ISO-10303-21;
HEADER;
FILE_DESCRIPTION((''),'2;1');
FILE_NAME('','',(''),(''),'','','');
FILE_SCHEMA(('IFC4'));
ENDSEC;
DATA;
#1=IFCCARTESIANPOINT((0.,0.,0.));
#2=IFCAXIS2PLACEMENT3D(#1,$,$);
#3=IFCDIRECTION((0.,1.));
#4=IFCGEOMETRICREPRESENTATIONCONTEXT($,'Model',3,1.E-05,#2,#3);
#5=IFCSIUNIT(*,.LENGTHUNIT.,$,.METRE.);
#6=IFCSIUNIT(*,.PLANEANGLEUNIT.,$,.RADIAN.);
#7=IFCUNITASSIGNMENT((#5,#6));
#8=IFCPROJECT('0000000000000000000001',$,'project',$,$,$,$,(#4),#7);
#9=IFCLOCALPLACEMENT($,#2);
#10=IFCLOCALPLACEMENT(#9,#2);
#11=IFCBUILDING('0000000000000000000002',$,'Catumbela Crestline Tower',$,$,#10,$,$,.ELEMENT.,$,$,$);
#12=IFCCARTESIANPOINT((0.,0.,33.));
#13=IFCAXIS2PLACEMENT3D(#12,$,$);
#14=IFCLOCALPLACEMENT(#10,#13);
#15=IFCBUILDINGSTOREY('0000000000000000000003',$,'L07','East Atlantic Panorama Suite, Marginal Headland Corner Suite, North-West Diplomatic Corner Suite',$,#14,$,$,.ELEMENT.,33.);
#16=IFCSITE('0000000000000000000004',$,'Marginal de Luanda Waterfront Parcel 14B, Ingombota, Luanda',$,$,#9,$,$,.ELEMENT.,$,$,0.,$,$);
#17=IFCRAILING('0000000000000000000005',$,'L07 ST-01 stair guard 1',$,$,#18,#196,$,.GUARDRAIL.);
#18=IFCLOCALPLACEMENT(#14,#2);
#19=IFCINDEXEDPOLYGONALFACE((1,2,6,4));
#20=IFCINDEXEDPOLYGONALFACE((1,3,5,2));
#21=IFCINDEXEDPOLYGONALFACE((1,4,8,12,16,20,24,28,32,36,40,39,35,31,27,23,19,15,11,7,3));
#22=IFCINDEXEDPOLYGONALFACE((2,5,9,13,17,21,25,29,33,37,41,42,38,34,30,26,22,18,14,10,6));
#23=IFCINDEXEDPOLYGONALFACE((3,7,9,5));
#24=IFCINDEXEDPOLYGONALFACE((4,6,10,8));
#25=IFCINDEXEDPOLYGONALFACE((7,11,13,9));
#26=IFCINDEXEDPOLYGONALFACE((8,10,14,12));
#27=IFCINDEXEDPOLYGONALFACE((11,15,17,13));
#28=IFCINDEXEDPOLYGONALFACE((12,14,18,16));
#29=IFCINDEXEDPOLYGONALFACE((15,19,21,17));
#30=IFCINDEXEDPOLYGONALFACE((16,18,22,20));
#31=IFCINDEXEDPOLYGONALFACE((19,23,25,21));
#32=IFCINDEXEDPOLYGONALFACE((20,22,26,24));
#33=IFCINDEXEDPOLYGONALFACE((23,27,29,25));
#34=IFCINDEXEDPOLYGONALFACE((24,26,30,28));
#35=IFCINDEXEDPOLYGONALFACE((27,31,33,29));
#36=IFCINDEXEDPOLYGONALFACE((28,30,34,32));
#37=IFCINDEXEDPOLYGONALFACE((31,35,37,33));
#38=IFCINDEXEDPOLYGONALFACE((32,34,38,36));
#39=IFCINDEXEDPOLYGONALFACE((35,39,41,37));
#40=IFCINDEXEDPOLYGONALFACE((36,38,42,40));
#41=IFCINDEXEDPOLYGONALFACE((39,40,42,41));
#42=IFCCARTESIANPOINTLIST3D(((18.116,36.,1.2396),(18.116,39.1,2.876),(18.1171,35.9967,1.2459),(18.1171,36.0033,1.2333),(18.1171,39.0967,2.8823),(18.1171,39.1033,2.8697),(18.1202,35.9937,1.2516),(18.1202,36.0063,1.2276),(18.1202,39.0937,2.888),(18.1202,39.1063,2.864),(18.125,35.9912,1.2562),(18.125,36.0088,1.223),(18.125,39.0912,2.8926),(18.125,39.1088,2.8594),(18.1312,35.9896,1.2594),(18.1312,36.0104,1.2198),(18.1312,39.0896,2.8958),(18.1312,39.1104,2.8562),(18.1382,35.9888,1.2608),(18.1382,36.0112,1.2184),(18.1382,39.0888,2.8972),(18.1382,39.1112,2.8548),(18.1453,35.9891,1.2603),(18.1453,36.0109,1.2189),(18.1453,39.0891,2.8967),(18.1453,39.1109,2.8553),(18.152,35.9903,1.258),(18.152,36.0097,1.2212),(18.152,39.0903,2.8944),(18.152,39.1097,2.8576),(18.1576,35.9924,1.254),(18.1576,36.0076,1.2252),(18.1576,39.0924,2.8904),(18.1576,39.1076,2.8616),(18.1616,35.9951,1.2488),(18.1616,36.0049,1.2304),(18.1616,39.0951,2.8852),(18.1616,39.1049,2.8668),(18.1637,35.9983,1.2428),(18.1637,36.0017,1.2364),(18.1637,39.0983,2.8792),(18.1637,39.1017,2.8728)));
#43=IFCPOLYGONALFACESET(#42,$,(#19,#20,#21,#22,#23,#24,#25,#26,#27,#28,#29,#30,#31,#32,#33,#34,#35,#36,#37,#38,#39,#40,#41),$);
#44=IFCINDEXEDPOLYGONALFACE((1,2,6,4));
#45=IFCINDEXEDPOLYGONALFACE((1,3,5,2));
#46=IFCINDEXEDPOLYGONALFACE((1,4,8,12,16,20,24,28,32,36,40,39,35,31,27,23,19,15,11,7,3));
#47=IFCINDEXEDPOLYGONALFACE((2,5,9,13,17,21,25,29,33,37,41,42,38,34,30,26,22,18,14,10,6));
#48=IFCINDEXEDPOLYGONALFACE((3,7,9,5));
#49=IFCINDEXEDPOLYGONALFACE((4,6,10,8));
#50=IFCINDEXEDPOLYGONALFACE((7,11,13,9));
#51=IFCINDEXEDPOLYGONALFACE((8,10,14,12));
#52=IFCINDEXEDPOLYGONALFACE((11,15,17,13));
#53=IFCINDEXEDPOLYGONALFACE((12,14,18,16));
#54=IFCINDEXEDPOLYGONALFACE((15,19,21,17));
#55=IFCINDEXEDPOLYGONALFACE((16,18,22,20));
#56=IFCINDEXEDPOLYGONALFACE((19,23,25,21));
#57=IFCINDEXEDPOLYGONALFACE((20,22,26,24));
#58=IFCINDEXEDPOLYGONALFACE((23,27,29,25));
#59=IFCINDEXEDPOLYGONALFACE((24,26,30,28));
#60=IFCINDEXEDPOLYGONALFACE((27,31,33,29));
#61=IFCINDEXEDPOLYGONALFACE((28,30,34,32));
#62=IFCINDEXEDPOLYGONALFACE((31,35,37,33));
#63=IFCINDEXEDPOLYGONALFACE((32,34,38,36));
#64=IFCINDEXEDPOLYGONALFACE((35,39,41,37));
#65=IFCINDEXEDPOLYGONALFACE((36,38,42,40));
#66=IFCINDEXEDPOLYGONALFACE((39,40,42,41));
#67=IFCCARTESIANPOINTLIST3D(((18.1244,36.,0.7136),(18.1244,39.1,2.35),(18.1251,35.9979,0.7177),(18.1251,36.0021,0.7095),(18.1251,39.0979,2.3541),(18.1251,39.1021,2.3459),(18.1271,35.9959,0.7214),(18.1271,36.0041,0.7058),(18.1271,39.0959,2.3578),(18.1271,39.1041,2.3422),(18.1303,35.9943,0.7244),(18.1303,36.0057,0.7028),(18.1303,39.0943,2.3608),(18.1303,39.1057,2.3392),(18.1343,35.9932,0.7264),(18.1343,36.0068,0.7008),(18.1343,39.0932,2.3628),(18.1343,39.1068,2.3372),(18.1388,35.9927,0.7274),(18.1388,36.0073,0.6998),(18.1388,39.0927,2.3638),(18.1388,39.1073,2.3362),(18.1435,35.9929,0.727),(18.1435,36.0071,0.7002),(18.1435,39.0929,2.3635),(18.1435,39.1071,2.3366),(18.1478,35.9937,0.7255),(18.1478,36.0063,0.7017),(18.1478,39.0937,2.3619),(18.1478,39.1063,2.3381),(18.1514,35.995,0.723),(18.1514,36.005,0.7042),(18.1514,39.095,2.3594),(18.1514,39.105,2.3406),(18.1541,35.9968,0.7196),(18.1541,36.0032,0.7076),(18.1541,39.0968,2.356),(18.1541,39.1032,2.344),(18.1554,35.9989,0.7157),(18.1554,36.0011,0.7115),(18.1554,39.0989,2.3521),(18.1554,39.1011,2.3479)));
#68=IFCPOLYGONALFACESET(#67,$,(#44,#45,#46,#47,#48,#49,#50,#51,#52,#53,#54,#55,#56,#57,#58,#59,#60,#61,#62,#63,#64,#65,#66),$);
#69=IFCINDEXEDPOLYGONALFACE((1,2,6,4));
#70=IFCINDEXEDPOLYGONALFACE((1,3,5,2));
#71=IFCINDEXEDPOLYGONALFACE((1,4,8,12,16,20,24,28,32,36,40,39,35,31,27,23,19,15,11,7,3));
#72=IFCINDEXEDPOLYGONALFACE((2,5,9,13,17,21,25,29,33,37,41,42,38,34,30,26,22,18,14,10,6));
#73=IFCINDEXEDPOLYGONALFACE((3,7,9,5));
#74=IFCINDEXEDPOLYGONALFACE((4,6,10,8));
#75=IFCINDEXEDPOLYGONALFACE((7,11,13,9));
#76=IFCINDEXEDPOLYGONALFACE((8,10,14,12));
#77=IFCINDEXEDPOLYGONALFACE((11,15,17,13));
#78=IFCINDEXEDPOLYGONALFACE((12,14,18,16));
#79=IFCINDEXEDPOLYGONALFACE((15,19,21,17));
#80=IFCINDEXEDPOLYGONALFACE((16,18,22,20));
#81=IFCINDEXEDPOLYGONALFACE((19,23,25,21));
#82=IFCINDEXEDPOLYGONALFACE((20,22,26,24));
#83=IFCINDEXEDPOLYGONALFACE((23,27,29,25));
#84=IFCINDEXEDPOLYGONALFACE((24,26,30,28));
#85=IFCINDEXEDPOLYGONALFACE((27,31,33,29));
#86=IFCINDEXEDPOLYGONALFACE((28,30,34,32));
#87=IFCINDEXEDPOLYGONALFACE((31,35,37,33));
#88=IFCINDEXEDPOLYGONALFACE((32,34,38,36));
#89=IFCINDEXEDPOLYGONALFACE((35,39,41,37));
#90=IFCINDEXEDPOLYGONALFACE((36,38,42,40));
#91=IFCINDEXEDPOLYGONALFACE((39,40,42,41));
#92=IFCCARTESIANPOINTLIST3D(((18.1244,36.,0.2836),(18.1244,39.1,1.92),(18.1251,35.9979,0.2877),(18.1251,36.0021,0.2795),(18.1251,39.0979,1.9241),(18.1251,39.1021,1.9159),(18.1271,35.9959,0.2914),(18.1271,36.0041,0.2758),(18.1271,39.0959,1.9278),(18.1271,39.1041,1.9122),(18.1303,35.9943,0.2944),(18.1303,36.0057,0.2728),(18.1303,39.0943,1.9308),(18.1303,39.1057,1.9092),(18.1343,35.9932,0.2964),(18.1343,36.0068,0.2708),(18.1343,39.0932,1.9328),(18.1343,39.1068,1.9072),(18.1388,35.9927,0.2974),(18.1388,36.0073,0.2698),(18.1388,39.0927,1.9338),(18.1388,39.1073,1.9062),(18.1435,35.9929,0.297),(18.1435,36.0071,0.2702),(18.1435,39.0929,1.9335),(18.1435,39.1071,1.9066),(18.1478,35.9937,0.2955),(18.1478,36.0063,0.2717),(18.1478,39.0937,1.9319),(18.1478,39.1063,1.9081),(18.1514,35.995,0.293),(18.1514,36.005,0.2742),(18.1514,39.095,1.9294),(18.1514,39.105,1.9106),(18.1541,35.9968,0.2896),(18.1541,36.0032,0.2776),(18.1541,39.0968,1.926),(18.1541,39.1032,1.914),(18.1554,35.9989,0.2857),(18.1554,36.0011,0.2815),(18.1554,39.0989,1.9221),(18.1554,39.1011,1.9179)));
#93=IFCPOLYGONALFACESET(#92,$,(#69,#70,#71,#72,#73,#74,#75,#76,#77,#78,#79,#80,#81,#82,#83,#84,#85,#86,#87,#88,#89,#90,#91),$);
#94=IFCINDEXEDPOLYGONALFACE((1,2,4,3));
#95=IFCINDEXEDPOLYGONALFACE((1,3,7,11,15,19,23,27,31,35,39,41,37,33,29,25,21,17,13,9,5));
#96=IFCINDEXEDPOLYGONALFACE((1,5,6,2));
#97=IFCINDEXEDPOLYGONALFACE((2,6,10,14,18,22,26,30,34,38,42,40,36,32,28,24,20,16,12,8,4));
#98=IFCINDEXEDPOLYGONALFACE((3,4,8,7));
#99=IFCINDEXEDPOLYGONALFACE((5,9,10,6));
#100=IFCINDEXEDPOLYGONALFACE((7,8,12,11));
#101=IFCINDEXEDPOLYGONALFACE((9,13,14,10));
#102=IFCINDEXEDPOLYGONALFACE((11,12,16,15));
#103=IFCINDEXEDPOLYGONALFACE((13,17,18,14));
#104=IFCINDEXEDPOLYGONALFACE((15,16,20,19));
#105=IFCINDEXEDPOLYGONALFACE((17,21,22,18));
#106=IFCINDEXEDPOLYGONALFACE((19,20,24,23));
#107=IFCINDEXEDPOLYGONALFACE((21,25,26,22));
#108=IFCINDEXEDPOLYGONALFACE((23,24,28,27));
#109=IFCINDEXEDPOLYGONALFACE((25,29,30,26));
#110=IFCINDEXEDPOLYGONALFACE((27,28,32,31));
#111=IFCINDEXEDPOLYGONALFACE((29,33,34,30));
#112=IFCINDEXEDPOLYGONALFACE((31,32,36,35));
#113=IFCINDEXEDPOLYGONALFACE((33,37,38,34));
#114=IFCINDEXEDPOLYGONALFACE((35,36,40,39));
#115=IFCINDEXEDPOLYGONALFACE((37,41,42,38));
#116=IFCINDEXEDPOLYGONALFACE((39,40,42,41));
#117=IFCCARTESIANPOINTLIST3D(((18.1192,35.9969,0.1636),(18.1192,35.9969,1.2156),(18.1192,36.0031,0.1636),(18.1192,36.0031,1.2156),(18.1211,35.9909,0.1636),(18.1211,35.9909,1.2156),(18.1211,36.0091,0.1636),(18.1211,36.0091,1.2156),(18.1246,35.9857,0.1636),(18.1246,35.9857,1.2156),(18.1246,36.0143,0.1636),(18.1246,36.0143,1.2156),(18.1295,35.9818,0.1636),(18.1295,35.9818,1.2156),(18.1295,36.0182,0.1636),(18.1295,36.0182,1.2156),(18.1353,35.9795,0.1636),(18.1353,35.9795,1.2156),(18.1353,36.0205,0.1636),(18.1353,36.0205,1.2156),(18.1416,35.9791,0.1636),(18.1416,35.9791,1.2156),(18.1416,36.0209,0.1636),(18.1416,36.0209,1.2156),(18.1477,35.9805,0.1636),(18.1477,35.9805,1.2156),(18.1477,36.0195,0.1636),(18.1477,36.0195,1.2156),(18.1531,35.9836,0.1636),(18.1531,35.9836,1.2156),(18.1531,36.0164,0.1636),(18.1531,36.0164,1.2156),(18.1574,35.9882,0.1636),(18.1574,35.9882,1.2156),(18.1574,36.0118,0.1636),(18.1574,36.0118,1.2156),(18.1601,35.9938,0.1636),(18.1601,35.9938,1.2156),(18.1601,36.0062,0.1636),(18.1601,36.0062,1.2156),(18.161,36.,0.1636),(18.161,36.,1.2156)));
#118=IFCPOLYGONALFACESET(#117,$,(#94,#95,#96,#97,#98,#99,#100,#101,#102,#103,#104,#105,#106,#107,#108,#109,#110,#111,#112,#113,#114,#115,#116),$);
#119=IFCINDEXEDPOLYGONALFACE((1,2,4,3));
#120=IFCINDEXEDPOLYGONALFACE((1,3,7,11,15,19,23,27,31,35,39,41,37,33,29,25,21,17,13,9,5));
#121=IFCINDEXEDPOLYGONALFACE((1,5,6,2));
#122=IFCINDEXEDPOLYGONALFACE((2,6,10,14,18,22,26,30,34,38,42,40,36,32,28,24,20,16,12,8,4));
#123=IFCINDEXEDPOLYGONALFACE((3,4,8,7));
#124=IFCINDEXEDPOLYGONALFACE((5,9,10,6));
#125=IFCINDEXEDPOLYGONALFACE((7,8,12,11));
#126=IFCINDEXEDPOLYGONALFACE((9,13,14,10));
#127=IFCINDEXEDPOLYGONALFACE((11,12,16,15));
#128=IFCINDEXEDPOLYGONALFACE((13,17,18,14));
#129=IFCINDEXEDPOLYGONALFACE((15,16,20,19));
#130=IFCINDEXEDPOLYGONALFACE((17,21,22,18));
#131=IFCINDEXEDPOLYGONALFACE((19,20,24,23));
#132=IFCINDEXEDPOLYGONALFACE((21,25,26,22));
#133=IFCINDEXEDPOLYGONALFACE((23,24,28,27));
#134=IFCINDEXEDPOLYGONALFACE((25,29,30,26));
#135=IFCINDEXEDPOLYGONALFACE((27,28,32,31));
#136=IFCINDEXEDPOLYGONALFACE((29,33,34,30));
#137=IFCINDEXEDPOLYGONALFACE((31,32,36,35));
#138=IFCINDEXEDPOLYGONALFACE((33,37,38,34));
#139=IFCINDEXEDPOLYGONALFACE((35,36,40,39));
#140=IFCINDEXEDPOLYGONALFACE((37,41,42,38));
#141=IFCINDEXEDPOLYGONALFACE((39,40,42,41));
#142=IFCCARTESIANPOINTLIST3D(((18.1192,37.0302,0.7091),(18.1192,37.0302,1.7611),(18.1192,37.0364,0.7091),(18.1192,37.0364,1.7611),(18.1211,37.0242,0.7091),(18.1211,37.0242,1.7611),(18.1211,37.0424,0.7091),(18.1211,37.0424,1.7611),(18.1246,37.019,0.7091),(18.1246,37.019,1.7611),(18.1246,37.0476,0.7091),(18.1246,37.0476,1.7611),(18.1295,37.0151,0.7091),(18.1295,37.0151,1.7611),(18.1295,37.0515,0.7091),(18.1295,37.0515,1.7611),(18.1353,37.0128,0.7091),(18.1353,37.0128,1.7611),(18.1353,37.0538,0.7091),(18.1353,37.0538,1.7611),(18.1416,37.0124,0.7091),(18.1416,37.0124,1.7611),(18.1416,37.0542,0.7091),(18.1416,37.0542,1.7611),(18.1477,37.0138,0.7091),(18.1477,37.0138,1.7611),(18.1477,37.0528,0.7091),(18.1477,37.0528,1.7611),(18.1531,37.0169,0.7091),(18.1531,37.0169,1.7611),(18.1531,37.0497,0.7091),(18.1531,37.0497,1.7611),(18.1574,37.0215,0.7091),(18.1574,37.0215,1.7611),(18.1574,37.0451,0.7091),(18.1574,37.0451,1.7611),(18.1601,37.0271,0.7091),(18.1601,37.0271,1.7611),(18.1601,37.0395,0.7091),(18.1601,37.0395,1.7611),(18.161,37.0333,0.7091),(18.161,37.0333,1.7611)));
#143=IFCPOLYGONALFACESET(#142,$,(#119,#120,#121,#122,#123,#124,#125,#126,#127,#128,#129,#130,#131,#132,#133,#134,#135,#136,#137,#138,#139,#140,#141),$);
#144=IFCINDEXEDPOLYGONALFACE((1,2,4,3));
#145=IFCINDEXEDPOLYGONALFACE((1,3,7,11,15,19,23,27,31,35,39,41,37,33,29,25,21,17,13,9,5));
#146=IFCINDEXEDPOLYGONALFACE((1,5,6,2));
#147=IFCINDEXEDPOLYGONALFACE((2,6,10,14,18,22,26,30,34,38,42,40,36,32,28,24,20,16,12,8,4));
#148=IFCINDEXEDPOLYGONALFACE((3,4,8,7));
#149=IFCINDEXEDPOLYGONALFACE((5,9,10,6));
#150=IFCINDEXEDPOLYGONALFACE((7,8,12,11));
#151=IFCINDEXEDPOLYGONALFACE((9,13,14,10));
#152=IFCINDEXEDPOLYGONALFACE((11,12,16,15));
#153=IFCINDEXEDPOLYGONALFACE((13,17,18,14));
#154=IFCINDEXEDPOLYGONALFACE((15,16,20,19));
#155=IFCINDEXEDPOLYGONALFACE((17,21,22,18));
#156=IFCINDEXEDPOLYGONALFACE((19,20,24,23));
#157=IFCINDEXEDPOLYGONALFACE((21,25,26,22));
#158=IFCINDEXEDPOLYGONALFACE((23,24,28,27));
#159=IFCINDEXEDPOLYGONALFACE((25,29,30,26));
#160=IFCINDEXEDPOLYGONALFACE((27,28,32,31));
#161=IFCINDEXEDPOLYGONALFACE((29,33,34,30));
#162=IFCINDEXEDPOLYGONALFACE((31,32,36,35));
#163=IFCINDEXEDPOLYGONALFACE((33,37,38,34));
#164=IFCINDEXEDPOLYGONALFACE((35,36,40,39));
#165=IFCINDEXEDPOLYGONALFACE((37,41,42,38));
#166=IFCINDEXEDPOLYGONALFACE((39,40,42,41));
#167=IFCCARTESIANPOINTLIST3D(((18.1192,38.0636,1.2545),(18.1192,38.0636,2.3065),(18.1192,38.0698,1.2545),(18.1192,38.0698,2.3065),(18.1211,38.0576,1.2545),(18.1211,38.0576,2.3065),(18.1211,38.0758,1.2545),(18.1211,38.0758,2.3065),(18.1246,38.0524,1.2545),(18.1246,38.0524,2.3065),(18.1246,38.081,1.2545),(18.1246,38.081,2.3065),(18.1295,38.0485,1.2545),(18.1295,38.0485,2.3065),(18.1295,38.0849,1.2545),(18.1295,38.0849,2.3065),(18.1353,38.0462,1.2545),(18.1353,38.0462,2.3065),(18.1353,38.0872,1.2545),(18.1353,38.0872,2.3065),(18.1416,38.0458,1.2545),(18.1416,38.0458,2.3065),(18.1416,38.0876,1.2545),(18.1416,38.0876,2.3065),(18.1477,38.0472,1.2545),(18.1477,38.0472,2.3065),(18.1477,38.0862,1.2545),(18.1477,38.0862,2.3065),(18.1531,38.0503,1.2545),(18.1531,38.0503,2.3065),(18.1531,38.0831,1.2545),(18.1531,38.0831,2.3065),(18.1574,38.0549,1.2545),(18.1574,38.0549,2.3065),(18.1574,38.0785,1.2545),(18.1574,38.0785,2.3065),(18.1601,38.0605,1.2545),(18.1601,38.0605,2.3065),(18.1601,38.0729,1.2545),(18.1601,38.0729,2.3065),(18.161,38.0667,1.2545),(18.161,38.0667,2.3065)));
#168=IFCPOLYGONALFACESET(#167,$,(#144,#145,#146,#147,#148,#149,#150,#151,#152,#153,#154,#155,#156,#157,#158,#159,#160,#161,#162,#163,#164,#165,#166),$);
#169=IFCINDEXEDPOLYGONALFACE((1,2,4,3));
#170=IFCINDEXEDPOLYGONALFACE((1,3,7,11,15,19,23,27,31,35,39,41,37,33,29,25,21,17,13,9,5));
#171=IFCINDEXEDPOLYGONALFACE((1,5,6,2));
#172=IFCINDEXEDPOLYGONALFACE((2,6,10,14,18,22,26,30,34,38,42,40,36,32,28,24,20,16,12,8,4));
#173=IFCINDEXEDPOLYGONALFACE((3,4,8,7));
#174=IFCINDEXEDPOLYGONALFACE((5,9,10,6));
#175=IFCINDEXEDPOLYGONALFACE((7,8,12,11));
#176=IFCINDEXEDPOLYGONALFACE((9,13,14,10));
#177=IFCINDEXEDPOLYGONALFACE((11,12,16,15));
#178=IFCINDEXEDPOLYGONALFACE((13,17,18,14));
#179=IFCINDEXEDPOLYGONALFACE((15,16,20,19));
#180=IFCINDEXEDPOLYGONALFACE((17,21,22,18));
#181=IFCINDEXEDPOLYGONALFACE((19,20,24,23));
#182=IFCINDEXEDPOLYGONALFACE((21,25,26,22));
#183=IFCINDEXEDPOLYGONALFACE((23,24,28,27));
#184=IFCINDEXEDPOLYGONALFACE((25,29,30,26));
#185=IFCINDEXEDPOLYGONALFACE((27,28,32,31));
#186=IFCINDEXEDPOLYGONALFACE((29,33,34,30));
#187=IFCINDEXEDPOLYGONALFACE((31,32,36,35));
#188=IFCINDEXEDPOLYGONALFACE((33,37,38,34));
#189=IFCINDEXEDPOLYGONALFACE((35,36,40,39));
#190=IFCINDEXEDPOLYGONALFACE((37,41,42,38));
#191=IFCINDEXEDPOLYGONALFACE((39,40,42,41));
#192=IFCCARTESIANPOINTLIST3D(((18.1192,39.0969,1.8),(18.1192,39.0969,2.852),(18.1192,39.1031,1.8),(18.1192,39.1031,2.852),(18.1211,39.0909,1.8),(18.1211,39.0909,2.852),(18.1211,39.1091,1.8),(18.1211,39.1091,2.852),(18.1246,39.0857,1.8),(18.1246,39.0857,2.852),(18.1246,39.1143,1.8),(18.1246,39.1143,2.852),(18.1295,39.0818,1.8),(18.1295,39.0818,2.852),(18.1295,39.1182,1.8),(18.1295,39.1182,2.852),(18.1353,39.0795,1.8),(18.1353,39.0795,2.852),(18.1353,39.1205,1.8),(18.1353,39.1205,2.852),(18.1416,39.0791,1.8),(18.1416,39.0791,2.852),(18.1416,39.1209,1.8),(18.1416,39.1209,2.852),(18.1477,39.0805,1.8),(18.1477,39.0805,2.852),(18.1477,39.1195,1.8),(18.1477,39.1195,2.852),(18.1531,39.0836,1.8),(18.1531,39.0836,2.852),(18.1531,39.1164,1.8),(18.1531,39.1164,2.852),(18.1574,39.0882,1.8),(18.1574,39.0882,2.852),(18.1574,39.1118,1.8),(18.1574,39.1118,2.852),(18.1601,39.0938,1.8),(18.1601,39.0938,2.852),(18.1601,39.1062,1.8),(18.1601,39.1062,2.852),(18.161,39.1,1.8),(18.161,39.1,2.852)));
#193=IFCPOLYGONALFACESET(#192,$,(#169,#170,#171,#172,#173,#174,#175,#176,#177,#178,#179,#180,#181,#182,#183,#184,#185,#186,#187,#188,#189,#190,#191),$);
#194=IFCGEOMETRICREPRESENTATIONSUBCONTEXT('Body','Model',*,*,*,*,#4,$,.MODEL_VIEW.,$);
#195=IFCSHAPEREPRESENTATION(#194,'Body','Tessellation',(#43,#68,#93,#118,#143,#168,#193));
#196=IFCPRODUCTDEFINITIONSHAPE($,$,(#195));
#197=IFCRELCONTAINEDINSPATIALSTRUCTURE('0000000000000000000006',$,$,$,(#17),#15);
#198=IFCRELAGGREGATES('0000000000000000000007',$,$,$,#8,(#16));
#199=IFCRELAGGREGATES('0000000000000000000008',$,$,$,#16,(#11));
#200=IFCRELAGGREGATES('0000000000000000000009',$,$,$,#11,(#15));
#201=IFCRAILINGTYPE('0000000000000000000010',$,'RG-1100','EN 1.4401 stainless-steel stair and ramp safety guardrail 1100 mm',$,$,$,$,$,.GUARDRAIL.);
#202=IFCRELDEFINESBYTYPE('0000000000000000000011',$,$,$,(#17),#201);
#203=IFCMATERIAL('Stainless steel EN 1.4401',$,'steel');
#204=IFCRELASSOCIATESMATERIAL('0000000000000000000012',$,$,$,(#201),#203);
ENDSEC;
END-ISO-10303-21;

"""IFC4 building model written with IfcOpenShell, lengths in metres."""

from ifc_helpers import new_model, si_unit, direction, frame, origin, origin_2d, place, context, subcontext, project, spatial, circle, extrude, material, type_object, element, save


model = new_model("IFC4")

# Units and contexts
model_context = context("Model", 3, precision=1e-05, world=origin(), true_north=direction((0.0, 1.0)))
body_context = subcontext(model_context, "Body", "Model", "MODEL_VIEW")
ifc_project = project(units=[si_unit("LENGTHUNIT", "METRE"), si_unit("PLANEANGLEUNIT", "RADIAN")], contexts=[model_context])

# Site, building, storey
site_placement = place(None, origin())
site = spatial("IfcSite", under=ifc_project, at=site_placement, Name="Marginal de Luanda Waterfront Parcel 14B, Ingombota, Luanda", CompositionType="ELEMENT", RefElevation=0.0)
building_placement = place(site_placement, origin())
building = spatial("IfcBuilding", under=site, at=building_placement, Name="Catumbela Crestline Tower", CompositionType="ELEMENT")
storey_placement = place(building_placement, frame((0.0, 0.0, 33.0)))
storey = spatial("IfcBuildingStorey", under=building, at=storey_placement, Name="L07", Description="East Atlantic Panorama Suite, Marginal Headland Corner Suite, North-West Diplomatic Corner Suite", CompositionType="ELEMENT", Elevation=33.0)

# Shared definitions
ifc_material_1 = material(Name="Stainless steel EN 1.4401", Category="steel")

# Railing
railing_type_1 = type_object("IfcRailingType", Name="RG-1100", Description="EN 1.4401 stainless-steel stair and ramp safety guardrail 1100 mm", PredefinedType="GUARDRAIL", material=ifc_material_1)
railing_1_placement = place(storey_placement, frame((18.14, 36.0, 0.1636)))
element("IfcRailing", 1, at=railing_1_placement, inside=storey, type_object=railing_type_1, Name="L07 ST-01 stair guard 1", PredefinedType="GUARDRAIL", context=body_context, shape_type="SweptSolid", body=[
    extrude(circle(Radius=0.024, at=origin_2d()), frame((0.0, 0.0, 1.076), z_axis=(0.0, 0.884351, 0.466823), x_axis=(-1.0, 0.0, 0.0)), (0.0, 0.0, 1.0), 3.5054),
    extrude(circle(Radius=0.0156, at=origin_2d()), frame((0.0, 0.0, 0.55), z_axis=(0.0, 0.884351, 0.466823), x_axis=(-1.0, 0.0, 0.0)), (0.0, 0.0, 1.0), 3.5054),
    extrude(circle(Radius=0.0156, at=origin_2d()), frame((0.0, 0.0, 0.12), z_axis=(0.0, 0.884351, 0.466823), x_axis=(-1.0, 0.0, 0.0)), (0.0, 0.0, 1.0), 3.5054),
    extrude(circle(Radius=0.021, at=origin_2d()), origin(), (0.0, 0.0, 1.0), 1.052),
    extrude(circle(Radius=0.021, at=origin_2d()), frame((0.0, 1.0333, 0.5455)), (0.0, 0.0, 1.0), 1.052),
    extrude(circle(Radius=0.021, at=origin_2d()), frame((0.0, 2.0667, 1.0909)), (0.0, 0.0, 1.0), 1.052),
    extrude(circle(Radius=0.021, at=origin_2d()), frame((0.0, 3.1, 1.6364)), (0.0, 0.0, 1.0), 1.052),
])

save(model, "model.ifc")
